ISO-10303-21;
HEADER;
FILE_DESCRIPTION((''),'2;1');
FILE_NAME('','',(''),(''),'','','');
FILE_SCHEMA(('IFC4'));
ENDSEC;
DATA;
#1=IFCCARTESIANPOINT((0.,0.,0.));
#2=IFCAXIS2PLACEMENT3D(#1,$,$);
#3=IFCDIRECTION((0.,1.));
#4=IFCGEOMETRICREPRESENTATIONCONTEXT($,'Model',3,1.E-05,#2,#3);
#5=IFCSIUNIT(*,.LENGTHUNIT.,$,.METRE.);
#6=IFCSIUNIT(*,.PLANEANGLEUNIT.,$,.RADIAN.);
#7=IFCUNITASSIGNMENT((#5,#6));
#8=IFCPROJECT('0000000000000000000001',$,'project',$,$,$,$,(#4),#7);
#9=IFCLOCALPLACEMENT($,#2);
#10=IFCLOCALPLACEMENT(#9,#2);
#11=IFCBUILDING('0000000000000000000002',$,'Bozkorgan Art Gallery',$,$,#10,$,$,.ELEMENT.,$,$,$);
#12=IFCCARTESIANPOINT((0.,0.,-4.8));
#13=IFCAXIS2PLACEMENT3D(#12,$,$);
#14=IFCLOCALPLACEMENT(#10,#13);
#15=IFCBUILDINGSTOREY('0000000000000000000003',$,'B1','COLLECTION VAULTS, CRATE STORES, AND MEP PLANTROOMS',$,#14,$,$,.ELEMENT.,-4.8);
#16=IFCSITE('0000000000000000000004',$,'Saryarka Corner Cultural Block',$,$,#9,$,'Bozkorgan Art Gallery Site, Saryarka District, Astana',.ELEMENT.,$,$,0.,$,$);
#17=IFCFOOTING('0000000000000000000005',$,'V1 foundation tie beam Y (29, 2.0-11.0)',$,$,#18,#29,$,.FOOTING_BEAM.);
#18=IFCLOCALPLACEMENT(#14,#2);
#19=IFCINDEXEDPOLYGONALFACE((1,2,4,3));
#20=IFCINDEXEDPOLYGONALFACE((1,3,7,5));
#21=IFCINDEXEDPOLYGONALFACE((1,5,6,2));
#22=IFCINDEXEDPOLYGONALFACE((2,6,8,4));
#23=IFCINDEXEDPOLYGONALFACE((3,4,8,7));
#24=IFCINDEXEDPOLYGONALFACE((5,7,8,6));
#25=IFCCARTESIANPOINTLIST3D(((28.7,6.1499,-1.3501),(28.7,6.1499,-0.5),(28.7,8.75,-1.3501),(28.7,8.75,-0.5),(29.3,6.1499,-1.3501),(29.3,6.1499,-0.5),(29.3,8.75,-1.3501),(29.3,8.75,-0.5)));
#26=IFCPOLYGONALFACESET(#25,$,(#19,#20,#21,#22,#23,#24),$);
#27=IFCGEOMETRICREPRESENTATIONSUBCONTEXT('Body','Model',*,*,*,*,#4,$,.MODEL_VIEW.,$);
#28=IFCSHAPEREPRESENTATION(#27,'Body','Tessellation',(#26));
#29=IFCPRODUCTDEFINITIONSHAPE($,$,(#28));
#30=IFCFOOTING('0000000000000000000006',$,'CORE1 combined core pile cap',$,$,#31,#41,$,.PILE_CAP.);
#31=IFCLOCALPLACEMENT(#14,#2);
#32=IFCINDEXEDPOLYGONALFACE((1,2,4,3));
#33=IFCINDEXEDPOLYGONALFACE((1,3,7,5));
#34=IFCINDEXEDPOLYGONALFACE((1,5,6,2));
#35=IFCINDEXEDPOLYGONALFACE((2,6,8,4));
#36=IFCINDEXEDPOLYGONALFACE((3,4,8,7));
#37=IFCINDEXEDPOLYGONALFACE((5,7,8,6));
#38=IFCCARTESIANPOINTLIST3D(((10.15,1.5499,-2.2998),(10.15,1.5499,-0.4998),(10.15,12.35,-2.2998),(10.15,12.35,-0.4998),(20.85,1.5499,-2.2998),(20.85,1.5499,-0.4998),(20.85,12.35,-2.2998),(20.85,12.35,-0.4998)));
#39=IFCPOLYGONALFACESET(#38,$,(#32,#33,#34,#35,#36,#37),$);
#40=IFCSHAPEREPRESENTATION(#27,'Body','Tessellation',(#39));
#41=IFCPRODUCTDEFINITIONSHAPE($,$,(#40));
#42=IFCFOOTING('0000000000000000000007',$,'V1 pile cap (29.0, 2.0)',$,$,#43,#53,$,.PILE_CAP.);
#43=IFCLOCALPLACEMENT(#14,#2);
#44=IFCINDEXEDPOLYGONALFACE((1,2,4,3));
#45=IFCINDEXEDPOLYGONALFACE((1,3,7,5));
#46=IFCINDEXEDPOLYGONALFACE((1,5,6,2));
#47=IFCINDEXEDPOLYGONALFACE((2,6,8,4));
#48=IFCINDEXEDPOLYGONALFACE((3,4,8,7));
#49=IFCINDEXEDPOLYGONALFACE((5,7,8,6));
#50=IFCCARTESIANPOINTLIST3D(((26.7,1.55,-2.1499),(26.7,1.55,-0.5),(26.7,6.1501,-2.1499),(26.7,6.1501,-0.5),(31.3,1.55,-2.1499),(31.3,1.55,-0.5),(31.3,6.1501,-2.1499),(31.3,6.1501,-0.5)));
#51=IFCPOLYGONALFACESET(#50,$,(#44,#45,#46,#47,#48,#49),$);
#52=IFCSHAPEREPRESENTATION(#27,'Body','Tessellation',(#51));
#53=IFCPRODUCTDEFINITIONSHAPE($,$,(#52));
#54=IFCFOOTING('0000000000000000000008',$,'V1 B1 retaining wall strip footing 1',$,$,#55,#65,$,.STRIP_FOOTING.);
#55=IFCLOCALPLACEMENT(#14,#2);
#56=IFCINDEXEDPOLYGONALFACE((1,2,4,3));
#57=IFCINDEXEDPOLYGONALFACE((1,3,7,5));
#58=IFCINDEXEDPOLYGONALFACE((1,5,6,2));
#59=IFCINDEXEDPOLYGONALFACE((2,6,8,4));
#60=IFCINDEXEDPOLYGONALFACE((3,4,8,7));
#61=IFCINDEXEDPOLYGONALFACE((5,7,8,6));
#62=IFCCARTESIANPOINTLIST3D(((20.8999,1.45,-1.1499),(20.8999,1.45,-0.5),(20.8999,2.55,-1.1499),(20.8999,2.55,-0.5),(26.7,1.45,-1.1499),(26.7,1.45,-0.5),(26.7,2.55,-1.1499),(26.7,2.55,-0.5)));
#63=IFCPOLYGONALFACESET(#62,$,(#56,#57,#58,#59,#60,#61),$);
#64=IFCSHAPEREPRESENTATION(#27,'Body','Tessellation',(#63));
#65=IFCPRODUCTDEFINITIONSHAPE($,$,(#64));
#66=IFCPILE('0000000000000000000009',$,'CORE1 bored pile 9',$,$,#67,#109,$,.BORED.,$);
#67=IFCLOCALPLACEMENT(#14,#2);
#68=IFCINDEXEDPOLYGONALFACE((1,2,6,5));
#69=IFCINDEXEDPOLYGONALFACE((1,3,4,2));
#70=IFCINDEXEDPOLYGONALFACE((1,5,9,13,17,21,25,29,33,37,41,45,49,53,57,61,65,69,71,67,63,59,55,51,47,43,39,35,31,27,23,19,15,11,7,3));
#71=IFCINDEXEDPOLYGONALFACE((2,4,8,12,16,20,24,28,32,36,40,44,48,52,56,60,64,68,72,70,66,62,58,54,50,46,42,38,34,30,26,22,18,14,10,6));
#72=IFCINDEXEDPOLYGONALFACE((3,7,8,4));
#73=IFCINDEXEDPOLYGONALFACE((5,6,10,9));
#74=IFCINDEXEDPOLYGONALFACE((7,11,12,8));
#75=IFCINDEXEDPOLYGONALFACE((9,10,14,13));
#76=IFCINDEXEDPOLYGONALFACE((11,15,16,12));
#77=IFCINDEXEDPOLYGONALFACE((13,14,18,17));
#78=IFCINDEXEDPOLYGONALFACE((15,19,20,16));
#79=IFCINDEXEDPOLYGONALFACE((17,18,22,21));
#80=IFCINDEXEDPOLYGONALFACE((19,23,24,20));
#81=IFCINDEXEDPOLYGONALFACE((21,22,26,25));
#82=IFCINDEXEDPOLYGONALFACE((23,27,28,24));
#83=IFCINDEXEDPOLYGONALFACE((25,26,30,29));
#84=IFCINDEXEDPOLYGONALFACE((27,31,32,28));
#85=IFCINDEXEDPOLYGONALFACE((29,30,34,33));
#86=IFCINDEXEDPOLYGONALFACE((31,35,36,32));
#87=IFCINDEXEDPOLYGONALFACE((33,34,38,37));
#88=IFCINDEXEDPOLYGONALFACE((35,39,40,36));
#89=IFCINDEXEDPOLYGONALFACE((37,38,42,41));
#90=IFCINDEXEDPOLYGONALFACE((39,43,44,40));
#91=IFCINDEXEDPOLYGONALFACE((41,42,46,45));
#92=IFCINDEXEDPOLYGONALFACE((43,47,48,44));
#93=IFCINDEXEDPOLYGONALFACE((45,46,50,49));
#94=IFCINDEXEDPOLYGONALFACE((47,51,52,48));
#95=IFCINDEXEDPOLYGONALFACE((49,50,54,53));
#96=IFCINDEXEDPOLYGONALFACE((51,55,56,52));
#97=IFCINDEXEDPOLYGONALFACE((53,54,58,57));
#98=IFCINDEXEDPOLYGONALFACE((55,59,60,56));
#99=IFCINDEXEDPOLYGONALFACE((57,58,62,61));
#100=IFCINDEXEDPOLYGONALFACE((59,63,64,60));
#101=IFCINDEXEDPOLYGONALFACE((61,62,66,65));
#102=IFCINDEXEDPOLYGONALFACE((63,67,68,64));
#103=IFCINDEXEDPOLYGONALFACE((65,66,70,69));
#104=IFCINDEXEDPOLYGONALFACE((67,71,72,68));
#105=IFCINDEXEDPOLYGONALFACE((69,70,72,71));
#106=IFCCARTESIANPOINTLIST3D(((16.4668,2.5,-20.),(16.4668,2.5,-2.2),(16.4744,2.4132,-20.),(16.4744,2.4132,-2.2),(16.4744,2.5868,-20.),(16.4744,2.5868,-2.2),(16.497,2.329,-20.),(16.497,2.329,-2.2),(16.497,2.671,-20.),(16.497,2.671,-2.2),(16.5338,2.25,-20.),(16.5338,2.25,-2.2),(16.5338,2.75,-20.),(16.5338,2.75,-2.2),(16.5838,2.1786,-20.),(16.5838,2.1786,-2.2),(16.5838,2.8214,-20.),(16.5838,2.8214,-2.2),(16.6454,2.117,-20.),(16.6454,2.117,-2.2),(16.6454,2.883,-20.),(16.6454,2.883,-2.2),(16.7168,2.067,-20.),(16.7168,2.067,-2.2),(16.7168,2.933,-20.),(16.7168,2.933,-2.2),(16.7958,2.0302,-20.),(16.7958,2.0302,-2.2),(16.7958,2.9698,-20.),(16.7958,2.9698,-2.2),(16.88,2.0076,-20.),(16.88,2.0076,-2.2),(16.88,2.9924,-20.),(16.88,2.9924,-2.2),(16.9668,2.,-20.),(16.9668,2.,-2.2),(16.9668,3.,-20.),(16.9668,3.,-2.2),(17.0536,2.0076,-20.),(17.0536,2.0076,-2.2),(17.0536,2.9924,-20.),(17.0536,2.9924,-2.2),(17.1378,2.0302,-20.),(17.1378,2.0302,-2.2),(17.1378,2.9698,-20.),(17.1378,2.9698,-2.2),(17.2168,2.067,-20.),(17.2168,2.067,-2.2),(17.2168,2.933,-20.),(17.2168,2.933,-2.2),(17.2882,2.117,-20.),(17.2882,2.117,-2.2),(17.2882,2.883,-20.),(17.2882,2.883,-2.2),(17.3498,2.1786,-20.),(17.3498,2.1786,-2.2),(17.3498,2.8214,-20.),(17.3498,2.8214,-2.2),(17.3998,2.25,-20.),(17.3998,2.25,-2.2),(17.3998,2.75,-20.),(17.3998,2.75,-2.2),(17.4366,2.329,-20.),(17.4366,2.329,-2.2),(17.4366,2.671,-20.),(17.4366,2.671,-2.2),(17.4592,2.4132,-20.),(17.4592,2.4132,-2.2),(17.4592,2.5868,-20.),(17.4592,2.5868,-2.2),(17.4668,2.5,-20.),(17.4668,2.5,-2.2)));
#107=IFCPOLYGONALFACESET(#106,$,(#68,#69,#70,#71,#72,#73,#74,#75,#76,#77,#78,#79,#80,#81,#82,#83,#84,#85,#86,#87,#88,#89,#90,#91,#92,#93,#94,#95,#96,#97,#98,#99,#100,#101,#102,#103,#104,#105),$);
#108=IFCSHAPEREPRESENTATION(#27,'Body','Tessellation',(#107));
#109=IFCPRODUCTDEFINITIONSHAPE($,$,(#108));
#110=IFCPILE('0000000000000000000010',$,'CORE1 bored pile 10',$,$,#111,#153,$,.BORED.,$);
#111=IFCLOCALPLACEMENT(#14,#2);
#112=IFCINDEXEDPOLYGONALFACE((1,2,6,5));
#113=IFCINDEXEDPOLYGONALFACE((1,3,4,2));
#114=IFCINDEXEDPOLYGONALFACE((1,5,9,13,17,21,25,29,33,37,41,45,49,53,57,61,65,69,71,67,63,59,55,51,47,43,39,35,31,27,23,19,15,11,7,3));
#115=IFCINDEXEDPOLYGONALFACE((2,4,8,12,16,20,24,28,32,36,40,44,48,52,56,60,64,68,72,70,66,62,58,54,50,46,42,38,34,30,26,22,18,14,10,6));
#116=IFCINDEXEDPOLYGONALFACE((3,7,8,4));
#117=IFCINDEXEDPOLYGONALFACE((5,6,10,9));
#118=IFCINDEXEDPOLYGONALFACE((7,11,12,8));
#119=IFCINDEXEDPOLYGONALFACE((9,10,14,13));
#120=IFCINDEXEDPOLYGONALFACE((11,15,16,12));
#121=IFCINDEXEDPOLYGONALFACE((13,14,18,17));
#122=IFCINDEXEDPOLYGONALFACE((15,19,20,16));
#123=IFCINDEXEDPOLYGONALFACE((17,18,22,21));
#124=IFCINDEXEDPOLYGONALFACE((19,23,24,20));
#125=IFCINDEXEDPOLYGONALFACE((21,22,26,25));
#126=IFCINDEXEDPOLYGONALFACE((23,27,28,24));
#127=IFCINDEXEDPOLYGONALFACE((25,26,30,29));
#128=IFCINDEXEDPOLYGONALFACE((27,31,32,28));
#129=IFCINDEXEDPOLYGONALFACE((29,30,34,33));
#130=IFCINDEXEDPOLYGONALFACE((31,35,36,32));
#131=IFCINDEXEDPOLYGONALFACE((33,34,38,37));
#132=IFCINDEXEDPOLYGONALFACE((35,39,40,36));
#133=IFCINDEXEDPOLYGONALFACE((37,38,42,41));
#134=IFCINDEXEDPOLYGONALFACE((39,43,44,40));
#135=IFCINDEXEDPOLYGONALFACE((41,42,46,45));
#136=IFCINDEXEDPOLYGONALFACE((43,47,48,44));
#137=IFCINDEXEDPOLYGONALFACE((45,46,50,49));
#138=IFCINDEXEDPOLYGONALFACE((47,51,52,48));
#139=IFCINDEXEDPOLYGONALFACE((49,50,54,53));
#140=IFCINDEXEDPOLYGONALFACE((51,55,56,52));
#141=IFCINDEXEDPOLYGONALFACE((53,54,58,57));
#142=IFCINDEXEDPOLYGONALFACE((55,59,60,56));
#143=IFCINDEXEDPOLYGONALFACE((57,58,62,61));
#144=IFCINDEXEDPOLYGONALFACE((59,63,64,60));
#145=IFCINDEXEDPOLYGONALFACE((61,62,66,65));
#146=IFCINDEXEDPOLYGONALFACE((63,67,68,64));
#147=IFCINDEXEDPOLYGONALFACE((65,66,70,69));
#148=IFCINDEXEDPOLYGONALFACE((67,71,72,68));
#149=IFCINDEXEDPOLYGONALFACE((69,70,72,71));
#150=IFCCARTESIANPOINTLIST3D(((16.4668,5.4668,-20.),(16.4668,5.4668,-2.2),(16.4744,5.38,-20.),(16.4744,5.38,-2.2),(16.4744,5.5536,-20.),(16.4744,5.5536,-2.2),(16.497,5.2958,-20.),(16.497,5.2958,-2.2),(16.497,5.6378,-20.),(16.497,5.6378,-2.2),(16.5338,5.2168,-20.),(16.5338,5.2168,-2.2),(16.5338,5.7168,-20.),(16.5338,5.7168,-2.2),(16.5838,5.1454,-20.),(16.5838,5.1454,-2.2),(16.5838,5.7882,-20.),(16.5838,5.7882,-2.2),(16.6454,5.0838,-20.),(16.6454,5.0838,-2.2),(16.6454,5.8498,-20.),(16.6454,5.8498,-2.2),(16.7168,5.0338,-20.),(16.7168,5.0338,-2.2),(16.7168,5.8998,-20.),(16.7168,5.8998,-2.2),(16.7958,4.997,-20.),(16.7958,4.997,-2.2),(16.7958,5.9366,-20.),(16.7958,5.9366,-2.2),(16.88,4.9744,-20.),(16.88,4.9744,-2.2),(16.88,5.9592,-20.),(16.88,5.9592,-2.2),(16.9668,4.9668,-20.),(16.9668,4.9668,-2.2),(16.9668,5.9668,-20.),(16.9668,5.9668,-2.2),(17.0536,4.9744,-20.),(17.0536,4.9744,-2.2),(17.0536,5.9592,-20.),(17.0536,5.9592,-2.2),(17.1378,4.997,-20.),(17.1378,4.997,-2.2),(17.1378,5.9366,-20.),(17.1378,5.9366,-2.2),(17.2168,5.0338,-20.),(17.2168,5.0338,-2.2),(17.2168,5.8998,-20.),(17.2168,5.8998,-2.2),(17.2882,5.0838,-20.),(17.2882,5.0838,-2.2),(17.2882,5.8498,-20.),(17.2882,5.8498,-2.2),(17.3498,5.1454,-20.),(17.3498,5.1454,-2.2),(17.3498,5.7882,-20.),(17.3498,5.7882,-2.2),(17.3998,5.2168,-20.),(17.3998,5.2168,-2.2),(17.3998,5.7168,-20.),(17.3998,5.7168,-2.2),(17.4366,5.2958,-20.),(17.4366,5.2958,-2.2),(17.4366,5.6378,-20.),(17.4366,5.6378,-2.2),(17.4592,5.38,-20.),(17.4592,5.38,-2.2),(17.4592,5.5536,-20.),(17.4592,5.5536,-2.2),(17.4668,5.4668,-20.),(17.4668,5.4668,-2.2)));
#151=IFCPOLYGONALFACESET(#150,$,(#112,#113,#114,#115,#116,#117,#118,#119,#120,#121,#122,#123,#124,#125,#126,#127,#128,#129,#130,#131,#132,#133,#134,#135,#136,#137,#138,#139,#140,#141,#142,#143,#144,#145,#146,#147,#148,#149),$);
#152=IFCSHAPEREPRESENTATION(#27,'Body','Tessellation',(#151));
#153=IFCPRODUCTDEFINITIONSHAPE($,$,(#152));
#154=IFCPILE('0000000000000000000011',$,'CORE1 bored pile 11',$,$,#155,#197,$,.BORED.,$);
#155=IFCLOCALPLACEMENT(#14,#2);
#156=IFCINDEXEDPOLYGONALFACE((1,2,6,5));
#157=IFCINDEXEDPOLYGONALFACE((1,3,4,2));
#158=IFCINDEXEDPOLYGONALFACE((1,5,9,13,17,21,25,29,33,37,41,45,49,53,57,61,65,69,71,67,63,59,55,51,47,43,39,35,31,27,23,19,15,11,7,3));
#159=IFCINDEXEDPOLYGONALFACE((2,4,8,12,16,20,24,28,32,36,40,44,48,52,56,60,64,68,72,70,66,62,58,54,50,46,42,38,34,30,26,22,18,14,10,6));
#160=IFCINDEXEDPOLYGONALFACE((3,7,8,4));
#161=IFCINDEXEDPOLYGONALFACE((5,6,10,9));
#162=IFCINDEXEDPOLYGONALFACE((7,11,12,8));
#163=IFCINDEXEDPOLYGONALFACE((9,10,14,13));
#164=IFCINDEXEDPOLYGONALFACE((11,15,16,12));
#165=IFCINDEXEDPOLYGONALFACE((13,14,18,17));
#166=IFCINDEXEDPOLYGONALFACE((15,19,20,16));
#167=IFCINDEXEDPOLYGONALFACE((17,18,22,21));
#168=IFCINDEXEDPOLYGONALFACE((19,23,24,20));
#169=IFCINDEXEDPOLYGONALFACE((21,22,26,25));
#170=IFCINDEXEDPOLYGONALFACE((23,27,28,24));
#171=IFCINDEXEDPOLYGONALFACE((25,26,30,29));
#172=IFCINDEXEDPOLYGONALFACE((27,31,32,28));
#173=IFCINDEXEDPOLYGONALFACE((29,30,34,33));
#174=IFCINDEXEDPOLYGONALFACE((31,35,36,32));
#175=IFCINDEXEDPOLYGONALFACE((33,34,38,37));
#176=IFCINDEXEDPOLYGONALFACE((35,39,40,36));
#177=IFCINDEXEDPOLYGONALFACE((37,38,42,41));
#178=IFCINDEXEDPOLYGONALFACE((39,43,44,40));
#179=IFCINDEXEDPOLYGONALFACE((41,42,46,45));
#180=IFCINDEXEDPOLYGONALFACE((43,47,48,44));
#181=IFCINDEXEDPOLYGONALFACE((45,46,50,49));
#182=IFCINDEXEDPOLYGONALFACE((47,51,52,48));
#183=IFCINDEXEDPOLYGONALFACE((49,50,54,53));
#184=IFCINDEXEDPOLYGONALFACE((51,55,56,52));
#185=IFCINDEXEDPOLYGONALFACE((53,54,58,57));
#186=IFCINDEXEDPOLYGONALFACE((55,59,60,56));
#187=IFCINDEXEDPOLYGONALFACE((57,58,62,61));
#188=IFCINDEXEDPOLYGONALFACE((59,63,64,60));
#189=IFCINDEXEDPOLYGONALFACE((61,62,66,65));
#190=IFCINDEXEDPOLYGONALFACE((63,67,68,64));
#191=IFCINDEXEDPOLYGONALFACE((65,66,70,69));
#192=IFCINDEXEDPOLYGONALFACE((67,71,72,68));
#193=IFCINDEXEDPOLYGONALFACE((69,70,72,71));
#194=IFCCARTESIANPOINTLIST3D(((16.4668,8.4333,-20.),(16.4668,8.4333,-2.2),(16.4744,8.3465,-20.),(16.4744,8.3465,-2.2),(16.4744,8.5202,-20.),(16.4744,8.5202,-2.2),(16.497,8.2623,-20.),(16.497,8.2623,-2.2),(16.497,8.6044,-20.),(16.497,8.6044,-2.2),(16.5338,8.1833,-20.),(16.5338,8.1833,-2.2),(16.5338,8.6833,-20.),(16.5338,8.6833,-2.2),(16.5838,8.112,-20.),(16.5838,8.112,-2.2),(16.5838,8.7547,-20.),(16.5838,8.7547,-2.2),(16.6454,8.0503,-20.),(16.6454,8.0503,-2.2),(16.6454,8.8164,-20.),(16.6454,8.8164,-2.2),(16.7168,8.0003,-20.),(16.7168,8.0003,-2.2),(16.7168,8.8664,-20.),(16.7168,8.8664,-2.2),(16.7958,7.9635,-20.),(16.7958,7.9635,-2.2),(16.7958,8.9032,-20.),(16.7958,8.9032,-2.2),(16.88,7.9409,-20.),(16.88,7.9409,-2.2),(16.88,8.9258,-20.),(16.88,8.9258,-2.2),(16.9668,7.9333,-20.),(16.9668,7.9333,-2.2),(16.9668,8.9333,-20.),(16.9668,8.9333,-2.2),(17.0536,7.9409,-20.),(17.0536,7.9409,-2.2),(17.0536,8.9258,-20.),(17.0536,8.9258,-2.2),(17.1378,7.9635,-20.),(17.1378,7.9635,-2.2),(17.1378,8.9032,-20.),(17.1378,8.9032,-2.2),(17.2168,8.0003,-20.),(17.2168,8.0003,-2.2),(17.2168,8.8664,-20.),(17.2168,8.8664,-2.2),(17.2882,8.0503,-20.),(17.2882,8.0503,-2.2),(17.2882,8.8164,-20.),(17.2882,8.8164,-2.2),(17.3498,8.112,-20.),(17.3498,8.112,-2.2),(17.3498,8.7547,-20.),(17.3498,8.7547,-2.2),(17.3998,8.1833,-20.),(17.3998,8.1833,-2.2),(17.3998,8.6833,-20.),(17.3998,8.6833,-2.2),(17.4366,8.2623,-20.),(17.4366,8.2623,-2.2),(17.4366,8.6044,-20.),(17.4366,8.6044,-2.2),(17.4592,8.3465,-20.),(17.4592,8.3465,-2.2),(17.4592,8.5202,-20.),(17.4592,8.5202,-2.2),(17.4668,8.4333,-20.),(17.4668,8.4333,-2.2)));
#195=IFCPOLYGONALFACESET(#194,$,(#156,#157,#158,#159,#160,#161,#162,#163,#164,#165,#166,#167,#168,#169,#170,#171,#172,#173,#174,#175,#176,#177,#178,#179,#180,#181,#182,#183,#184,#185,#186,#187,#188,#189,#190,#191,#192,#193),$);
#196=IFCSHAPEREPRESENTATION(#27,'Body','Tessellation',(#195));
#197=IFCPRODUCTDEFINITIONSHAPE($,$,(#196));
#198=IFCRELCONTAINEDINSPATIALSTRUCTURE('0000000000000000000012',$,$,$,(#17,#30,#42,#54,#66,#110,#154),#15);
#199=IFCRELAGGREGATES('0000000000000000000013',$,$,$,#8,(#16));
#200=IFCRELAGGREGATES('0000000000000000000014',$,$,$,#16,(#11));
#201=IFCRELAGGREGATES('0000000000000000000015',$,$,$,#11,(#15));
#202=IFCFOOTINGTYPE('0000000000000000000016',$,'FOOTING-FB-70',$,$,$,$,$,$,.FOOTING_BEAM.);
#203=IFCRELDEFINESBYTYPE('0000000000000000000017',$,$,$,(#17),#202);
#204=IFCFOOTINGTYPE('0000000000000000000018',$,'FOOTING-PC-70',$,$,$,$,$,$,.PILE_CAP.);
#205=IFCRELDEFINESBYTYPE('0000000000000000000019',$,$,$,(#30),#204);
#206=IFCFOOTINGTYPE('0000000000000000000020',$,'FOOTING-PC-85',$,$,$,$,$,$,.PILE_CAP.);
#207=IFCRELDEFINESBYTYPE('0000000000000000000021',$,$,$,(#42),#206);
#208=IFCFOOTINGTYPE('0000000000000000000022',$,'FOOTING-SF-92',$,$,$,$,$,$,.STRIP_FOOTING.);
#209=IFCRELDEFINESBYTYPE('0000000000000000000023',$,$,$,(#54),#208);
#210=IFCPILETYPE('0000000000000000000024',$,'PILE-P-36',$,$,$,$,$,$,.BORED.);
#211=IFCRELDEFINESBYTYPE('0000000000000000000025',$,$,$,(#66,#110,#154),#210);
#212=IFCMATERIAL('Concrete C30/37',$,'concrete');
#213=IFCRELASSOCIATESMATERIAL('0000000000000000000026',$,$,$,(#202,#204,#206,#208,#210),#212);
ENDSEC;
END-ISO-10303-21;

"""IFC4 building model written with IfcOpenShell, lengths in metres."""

from ifc_helpers import new_model, si_unit, direction, frame, origin, origin_2d, place, context, subcontext, project, spatial, rectangle, circle, extrude, material, material_profile, profile_set, type_object, element, save


model = new_model("IFC4")

# Units and contexts
model_context = context("Model", 3, precision=1e-05, world=origin(), true_north=direction((0.0, 1.0)))
body_context = subcontext(model_context, "Body", "Model", "MODEL_VIEW")
ifc_project = project(units=[si_unit("LENGTHUNIT", "METRE"), si_unit("PLANEANGLEUNIT", "RADIAN")], contexts=[model_context])

# Site, building, storey
site_placement = place(None, origin())
site = spatial("IfcSite", under=ifc_project, at=site_placement, Name="Saryarka Corner Cultural Block", LongName="Bozkorgan Art Gallery Site, Saryarka District, Astana", CompositionType="ELEMENT", RefElevation=0.0)
building_placement = place(site_placement, origin())
building = spatial("IfcBuilding", under=site, at=building_placement, Name="Bozkorgan Art Gallery", CompositionType="ELEMENT")
storey_placement = place(building_placement, frame((0.0, 0.0, -4.8)))
storey = spatial("IfcBuildingStorey", under=building, at=storey_placement, Name="B1", Description="COLLECTION VAULTS, CRATE STORES, AND MEP PLANTROOMS", CompositionType="ELEMENT", Elevation=-4.8)

# Footings
ifc_material_1 = material(Name="Concrete C30/37", Category="concrete")
ifc_material_profile_1 = material_profile(ifc_material_1, rectangle(XDim=0.6001, YDim=0.8501, at=origin_2d()), Name="FND 600x850")
ifc_profile_set_1 = profile_set([ifc_material_profile_1], Name="Concrete C30/37")
footing_type_1 = type_object("IfcFootingType", Name="FOOTING-FB-70", PredefinedType="FOOTING_BEAM", material=ifc_profile_set_1)
footing_1_placement = place(storey_placement, frame((29.0, 6.1499, -0.925), z_axis=(0.0, 1.0, 0.0), x_axis=(-1.0, 0.0, 0.0)))
element("IfcFooting", 1, at=footing_1_placement, inside=storey, type_object=footing_type_1, Name="V1 foundation tie beam Y (29, 2.0-11.0)", PredefinedType="FOOTING_BEAM", context=body_context, shape_type="SweptSolid", body=[
    extrude(rectangle(XDim=0.6001, YDim=0.8501, at=origin_2d()), origin(), (0.0, 0.0, 1.0), 2.6001),
])
footing_type_2 = type_object("IfcFootingType", Name="FOOTING-PC-70", PredefinedType="PILE_CAP", material=ifc_material_1)
footing_2_placement = place(storey_placement, frame((15.5, 6.95, -2.2998), z_axis=(0.0, 0.0, 1.0), x_axis=(1.0, 0.0, 0.0)))
element("IfcFooting", 2, at=footing_2_placement, inside=storey, type_object=footing_type_2, Name="CORE1 combined core pile cap", PredefinedType="PILE_CAP", context=body_context, shape_type="SweptSolid", body=[
    extrude(rectangle(XDim=10.7, YDim=10.8, at=origin_2d()), origin(), (0.0, 0.0, 1.0), 1.8),
])
footing_type_3 = type_object("IfcFootingType", Name="FOOTING-PC-85", PredefinedType="PILE_CAP", material=ifc_material_1)
footing_3_placement = place(storey_placement, frame((29.0, 3.8501, -2.1499), z_axis=(0.0, 0.0, 1.0), x_axis=(1.0, 0.0, 0.0)))
element("IfcFooting", 3, at=footing_3_placement, inside=storey, type_object=footing_type_3, Name="V1 pile cap (29.0, 2.0)", PredefinedType="PILE_CAP", context=body_context, shape_type="SweptSolid", body=[
    extrude(rectangle(XDim=4.6001, YDim=4.6001, at=origin_2d()), origin(), (0.0, 0.0, 1.0), 1.6499),
])
ifc_material_profile_2 = material_profile(ifc_material_1, rectangle(XDim=1.1001, YDim=0.6499, at=origin_2d()), Name="FND 1100x650")
ifc_profile_set_2 = profile_set([ifc_material_profile_2], Name="Concrete C30/37")
footing_type_4 = type_object("IfcFootingType", Name="FOOTING-SF-92", PredefinedType="STRIP_FOOTING", material=ifc_profile_set_2)
footing_4_placement = place(storey_placement, frame((20.8999, 2.0, -0.825), z_axis=(1.0, 0.0, 0.0), x_axis=(0.0, 1.0, 0.0)))
element("IfcFooting", 4, at=footing_4_placement, inside=storey, type_object=footing_type_4, Name="V1 B1 retaining wall strip footing 1", PredefinedType="STRIP_FOOTING", context=body_context, shape_type="SweptSolid", body=[
    extrude(rectangle(XDim=1.1001, YDim=0.6499, at=origin_2d()), origin(), (0.0, 0.0, 1.0), 5.8),
])

# Piles
ifc_material_profile_3 = material_profile(ifc_material_1, circle(Radius=0.5, at=origin_2d()), Name="PILE D1000")
ifc_profile_set_3 = profile_set([ifc_material_profile_3], Name="Concrete C30/37")
pile_type = type_object("IfcPileType", Name="PILE-P-36", PredefinedType="BORED", material=ifc_profile_set_3)
for number, where, z_axis, x_axis, name in (
    (5, (16.9668, 2.5, -2.2), (0.0, 0.0, -1.0), (1.0, 0.0, 0.0), "CORE1 bored pile 9"),
    (6, (16.9668, 5.4668, -2.2), (0.0, 0.0, -1.0), (1.0, 0.0, 0.0), "CORE1 bored pile 10"),
    (7, (16.9668, 8.4333, -2.2), (0.0, 0.0, -1.0), (1.0, 0.0, 0.0), "CORE1 bored pile 11"),
):
    element("IfcPile", number, at=place(storey_placement, frame(where, z_axis=z_axis, x_axis=x_axis)), inside=storey, type_object=pile_type, Name=name, PredefinedType="BORED", context=body_context, shape_type="SweptSolid", body=[
        extrude(circle(Radius=0.5, at=origin_2d()), origin(), (0.0, 0.0, 1.0), 17.8),
    ])

save(model, "model.ifc")
